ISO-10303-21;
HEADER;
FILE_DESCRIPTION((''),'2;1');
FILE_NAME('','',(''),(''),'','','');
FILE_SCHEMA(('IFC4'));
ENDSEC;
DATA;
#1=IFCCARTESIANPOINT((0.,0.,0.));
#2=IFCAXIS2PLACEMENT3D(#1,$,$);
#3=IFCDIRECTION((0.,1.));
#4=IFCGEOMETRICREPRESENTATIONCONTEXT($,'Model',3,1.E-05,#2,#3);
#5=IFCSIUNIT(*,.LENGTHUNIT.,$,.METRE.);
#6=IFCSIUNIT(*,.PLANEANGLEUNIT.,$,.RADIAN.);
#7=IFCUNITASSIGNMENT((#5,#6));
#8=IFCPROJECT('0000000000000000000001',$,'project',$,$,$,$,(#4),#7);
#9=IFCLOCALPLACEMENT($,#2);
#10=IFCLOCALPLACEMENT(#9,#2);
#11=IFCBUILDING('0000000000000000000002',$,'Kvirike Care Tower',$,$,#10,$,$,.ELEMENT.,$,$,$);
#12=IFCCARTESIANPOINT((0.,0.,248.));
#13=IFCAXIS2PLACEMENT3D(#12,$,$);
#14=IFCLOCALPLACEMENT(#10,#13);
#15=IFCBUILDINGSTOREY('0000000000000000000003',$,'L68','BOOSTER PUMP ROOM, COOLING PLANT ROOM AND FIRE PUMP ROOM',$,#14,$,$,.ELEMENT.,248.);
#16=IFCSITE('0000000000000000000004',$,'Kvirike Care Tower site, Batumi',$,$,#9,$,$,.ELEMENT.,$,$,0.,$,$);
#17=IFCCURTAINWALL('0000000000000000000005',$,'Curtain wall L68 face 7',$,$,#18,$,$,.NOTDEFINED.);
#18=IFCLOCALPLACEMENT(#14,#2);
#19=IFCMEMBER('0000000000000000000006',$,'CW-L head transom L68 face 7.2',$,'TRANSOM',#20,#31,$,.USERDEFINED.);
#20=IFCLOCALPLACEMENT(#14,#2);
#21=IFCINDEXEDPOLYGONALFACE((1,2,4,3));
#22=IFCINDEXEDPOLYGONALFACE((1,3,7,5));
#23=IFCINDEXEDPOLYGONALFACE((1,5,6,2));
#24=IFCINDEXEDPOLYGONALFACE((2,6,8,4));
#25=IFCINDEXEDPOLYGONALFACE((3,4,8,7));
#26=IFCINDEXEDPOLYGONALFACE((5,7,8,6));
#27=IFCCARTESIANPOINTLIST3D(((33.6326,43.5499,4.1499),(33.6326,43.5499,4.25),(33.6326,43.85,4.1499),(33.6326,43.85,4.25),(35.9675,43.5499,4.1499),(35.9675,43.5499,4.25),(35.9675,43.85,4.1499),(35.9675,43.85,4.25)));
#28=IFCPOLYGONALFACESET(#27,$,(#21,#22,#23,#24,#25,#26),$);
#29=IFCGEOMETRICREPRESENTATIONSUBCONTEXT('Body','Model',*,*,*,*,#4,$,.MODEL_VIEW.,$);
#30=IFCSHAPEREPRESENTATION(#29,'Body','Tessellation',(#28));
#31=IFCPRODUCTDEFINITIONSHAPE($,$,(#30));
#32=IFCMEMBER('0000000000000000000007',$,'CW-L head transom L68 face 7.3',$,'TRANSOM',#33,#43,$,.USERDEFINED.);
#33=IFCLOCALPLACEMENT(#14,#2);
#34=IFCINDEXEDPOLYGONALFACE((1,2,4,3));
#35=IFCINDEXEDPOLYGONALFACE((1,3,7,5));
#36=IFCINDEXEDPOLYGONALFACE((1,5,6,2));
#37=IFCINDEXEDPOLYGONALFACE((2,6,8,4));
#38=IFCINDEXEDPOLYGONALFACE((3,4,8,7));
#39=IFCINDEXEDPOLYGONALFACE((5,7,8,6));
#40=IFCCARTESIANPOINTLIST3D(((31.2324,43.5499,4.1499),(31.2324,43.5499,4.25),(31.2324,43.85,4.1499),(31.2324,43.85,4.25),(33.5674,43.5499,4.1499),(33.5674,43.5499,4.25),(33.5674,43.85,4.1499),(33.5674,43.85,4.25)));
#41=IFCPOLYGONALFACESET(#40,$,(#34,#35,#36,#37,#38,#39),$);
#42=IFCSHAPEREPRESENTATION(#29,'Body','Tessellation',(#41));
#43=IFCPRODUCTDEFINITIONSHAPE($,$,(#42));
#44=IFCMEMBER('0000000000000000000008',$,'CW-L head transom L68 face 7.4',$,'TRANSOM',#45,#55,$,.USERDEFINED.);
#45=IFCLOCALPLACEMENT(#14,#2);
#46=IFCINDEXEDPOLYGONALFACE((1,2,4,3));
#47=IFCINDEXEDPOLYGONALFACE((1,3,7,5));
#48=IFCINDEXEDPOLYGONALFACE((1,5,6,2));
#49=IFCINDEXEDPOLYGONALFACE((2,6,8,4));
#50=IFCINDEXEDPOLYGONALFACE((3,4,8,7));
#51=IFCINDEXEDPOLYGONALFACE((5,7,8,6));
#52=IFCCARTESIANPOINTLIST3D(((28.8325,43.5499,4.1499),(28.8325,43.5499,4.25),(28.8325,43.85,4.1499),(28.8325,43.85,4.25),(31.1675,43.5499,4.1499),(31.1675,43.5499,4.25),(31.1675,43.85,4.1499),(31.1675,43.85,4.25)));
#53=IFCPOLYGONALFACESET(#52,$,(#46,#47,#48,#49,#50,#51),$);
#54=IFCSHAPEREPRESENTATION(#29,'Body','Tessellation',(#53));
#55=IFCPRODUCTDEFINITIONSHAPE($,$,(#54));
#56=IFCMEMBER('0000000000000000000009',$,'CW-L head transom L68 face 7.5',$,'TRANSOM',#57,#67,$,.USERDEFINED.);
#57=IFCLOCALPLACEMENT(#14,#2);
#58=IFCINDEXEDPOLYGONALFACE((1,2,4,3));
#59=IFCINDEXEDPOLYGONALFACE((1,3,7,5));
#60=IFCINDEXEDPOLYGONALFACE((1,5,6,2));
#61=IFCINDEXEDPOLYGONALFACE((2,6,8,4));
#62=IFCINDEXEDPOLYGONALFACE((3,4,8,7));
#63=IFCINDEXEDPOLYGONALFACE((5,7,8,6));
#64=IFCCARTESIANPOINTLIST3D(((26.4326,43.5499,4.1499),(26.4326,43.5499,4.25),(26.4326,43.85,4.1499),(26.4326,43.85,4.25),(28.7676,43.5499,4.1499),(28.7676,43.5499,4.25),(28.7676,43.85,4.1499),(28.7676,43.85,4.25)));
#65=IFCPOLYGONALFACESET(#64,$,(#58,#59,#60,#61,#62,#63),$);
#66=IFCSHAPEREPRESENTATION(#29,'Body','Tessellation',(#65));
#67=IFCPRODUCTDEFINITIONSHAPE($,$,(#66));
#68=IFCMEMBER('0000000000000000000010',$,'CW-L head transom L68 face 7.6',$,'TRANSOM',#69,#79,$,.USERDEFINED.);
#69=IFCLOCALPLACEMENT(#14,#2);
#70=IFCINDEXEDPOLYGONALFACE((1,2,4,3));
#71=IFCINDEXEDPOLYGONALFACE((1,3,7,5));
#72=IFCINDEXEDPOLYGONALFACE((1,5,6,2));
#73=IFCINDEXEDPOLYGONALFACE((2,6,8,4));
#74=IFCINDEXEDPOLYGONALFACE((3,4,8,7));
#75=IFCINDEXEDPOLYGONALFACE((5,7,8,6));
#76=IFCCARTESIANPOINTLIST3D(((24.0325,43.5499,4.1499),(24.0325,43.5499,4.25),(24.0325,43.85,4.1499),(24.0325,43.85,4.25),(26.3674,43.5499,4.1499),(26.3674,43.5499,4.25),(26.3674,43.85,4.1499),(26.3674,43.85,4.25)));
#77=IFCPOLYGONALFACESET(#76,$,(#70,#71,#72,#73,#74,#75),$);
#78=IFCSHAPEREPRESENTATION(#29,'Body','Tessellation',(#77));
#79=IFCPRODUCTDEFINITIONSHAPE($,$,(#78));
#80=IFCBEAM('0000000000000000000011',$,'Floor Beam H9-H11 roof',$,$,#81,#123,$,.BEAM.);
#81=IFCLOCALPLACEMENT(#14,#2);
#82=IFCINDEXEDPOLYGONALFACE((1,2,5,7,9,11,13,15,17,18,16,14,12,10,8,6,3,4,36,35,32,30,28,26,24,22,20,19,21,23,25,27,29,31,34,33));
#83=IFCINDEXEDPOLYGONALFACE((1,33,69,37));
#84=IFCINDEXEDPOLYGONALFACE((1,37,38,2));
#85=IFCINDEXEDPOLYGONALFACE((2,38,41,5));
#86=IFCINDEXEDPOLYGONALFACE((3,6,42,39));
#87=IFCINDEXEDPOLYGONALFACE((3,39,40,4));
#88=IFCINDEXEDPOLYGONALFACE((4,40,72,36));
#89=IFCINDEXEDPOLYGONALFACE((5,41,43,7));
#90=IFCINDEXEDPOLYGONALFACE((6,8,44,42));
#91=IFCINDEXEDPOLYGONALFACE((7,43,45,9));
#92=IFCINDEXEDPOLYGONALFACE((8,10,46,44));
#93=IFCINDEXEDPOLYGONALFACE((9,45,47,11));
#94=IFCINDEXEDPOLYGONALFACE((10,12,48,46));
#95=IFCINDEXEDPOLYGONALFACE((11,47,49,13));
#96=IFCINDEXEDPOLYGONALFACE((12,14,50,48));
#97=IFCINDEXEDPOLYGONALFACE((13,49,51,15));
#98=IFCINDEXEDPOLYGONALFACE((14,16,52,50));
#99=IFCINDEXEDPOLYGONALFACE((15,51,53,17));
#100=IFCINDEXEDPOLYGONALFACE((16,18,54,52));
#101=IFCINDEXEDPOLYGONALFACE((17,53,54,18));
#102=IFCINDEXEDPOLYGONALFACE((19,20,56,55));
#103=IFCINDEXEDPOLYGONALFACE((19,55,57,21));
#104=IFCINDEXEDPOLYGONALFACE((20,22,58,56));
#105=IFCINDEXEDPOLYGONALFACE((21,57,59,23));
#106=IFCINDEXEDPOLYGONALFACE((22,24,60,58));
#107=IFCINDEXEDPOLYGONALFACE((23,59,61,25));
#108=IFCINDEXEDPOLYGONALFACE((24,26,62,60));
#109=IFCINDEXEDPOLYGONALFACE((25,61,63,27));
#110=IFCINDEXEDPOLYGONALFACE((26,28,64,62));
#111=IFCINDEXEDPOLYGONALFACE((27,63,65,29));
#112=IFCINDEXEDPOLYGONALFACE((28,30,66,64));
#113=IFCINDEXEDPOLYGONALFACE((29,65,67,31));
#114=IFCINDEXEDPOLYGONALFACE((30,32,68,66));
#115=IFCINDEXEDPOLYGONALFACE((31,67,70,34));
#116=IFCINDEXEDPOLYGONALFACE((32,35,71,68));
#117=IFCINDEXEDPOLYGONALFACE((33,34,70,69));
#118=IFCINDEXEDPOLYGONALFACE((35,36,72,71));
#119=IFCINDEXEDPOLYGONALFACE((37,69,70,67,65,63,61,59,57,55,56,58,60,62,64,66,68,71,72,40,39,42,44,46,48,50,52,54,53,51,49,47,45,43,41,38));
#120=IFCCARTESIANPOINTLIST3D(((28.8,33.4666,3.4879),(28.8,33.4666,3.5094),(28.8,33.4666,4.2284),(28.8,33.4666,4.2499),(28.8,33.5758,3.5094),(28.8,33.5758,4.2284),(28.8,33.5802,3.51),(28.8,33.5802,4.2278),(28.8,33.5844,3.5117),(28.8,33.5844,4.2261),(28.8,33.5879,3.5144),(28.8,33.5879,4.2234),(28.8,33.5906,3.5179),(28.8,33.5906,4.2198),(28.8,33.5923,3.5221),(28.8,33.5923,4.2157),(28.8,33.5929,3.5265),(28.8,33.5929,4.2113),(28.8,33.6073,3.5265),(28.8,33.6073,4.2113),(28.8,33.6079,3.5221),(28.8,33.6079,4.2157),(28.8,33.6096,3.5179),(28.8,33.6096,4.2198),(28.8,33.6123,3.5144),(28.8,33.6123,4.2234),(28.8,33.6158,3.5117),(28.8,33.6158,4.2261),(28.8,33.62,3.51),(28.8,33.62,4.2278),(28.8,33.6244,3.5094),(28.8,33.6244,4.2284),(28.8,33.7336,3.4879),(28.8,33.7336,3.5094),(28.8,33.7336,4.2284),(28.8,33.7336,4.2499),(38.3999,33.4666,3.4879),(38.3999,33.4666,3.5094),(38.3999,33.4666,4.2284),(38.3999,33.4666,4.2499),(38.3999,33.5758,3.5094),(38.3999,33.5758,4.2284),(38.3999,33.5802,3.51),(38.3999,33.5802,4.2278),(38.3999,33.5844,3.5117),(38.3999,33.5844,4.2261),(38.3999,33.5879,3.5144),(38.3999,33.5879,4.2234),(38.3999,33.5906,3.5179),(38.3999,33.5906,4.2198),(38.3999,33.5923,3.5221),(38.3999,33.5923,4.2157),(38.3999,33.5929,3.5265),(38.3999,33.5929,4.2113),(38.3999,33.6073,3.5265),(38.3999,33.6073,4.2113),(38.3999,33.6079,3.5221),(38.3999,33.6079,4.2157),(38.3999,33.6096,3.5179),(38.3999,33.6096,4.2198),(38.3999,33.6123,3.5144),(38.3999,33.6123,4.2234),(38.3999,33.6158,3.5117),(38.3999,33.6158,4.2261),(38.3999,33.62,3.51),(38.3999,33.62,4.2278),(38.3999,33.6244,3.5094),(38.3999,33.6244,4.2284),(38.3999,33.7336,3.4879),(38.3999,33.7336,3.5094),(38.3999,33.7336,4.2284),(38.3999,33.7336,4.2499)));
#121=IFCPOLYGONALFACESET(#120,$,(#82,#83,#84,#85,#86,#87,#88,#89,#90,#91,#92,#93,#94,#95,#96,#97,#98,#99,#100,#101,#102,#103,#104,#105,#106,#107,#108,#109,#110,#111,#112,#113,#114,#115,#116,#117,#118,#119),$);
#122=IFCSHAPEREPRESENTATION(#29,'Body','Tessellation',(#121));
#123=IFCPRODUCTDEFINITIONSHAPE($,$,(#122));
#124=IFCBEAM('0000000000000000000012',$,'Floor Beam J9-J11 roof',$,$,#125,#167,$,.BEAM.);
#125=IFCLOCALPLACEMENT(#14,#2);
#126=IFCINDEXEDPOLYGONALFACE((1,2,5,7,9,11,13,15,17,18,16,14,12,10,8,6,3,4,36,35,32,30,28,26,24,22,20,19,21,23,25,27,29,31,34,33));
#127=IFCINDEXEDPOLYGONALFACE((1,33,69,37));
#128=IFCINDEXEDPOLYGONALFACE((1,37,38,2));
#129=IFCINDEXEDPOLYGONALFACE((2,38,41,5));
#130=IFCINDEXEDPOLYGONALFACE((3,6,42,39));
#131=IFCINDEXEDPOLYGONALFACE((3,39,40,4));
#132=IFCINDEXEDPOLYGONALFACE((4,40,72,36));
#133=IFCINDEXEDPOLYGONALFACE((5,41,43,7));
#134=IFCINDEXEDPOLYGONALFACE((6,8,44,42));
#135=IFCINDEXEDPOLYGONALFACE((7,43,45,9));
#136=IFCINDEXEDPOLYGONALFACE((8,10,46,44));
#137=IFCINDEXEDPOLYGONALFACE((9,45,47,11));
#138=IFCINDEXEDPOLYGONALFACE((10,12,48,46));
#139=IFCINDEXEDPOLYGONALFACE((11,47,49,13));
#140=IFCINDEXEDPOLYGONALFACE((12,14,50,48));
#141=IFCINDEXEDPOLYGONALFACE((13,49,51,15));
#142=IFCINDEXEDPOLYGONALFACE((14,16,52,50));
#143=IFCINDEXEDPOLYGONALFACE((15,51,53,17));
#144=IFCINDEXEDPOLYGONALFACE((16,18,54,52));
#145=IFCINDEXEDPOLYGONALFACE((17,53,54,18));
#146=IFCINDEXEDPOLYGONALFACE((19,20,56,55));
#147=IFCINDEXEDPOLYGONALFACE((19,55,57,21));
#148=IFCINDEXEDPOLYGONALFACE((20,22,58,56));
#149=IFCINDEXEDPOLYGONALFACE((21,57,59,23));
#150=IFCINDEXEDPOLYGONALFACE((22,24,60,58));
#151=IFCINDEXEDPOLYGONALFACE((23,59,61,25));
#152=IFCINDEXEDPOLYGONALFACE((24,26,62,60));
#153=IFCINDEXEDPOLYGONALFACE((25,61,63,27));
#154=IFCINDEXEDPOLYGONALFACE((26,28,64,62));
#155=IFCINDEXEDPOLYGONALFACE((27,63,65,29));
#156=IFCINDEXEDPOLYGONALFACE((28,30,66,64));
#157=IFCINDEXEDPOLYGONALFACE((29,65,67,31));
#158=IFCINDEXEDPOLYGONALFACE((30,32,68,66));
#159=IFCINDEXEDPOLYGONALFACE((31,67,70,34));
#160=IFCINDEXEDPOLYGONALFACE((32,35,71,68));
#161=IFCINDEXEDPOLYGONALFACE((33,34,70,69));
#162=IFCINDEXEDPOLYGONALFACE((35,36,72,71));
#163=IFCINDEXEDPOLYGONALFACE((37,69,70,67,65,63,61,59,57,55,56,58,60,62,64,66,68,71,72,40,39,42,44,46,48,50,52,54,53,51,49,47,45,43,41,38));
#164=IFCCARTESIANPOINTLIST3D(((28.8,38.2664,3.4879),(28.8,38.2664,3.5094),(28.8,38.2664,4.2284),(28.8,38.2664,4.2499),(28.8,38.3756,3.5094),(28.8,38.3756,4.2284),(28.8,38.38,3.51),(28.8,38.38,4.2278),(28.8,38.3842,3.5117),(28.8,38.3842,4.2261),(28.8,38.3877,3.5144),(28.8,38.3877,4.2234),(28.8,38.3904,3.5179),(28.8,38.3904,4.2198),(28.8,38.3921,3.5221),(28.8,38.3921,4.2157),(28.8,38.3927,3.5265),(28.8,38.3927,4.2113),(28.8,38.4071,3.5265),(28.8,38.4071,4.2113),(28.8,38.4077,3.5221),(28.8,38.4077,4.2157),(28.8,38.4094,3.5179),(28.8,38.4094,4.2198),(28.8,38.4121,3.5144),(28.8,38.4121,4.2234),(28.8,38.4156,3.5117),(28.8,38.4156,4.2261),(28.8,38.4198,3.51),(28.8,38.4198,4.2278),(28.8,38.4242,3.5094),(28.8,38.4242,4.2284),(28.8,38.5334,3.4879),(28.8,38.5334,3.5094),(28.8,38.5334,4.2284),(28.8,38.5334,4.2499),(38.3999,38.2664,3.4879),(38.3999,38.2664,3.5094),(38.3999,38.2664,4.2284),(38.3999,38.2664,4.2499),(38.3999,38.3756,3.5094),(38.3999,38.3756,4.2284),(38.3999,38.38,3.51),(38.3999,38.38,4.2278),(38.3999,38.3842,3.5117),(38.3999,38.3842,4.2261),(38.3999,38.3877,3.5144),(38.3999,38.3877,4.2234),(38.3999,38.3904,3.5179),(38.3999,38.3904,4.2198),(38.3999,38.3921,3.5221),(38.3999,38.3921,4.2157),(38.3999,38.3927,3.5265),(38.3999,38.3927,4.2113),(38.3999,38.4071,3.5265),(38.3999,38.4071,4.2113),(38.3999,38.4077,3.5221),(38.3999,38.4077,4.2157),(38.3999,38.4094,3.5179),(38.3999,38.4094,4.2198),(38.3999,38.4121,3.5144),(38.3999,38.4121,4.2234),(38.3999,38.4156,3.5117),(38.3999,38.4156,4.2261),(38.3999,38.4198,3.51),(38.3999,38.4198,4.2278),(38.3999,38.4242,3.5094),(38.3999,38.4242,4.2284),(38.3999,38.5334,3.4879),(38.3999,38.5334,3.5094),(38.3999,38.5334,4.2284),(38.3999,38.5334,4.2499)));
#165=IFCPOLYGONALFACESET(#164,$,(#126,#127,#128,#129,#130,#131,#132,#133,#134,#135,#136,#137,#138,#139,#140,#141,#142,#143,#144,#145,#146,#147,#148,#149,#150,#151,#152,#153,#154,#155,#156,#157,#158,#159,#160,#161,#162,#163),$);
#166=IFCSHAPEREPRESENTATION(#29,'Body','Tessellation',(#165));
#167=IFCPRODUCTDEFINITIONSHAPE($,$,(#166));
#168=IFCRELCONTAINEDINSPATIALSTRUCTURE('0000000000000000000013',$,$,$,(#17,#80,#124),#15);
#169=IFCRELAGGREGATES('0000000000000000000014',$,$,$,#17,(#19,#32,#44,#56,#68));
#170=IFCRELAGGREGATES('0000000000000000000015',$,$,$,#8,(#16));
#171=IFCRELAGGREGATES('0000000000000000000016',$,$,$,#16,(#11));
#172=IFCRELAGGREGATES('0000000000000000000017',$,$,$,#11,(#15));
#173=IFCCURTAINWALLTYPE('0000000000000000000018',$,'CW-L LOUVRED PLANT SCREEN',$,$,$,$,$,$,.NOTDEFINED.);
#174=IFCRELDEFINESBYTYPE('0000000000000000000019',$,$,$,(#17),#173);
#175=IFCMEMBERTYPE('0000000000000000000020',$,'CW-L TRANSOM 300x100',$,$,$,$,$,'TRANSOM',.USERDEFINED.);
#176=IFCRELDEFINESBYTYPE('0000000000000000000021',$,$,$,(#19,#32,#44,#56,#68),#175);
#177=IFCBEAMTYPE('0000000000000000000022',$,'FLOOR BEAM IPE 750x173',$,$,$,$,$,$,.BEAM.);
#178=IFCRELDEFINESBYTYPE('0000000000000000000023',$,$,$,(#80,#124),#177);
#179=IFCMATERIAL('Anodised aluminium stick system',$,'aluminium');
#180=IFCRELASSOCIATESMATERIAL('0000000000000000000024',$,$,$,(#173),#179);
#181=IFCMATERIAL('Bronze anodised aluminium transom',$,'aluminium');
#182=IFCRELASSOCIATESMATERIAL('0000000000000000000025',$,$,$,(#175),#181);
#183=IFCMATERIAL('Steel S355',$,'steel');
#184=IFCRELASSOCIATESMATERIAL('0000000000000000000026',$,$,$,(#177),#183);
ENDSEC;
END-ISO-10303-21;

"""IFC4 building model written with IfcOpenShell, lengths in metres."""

from ifc_helpers import new_model, si_unit, direction, frame, origin, origin_2d, place, context, subcontext, project, spatial, rectangle, i_section, extrude, material, material_profile, profile_set, type_object, element, aggregate, save


model = new_model("IFC4")

# Units and contexts
model_context = context("Model", 3, precision=1e-05, world=origin(), true_north=direction((0.0, 1.0)))
body_context = subcontext(model_context, "Body", "Model", "MODEL_VIEW")
ifc_project = project(units=[si_unit("LENGTHUNIT", "METRE"), si_unit("PLANEANGLEUNIT", "RADIAN")], contexts=[model_context])

# Site, building, storey
site_placement = place(None, origin())
site = spatial("IfcSite", under=ifc_project, at=site_placement, Name="Kvirike Care Tower site, Batumi", CompositionType="ELEMENT", RefElevation=0.0)
building_placement = place(site_placement, origin())
building = spatial("IfcBuilding", under=site, at=building_placement, Name="Kvirike Care Tower", CompositionType="ELEMENT")
storey_placement = place(building_placement, frame((0.0, 0.0, 248.0)))
storey = spatial("IfcBuildingStorey", under=building, at=storey_placement, Name="L68", Description="BOOSTER PUMP ROOM, COOLING PLANT ROOM AND FIRE PUMP ROOM", CompositionType="ELEMENT", Elevation=248.0)

# Curtain wall, members
ifc_material_1 = material(Name="Anodised aluminium stick system", Category="aluminium")
curtain_wall_type = type_object("IfcCurtainWallType", Name="CW-L LOUVRED PLANT SCREEN", PredefinedType="NOTDEFINED", material=ifc_material_1)
ifc_material_2 = material(Name="Bronze anodised aluminium transom", Category="aluminium")
ifc_material_profile_1 = material_profile(ifc_material_2, rectangle(XDim=0.3, YDim=0.1001, at=origin_2d()), Name="CW-L TRANSOM 300x100")
ifc_profile_set_1 = profile_set([ifc_material_profile_1], Name="Bronze anodised aluminium transom")
member_type = type_object("IfcMemberType", Name="CW-L TRANSOM 300x100", ElementType="TRANSOM", PredefinedType="USERDEFINED", material=ifc_profile_set_1)
curtain_wall_1_placement = place(storey_placement, origin())
curtain_wall_1 = element("IfcCurtainWall", 1, at=curtain_wall_1_placement, inside=storey, type_object=curtain_wall_type, Name="Curtain wall L68 face 7", PredefinedType="NOTDEFINED")
member_1_placement = place(storey_placement, frame((35.9675, 43.7, 4.2), z_axis=(-1.0, 0.0, 0.0), x_axis=(0.0, -1.0, 0.0)))
member_1 = element("IfcMember", 2, at=member_1_placement, type_object=member_type, Name="CW-L head transom L68 face 7.2", ObjectType="TRANSOM", PredefinedType="USERDEFINED", context=body_context, shape_type="SweptSolid", body=[
    extrude(rectangle(XDim=0.3, YDim=0.1001, at=origin_2d()), origin(), (0.0, 0.0, 1.0), 2.335),
])
member_2_placement = place(storey_placement, frame((33.5674, 43.7, 4.2), z_axis=(-1.0, 0.0, 0.0), x_axis=(0.0, -1.0, 0.0)))
member_2 = element("IfcMember", 3, at=member_2_placement, type_object=member_type, Name="CW-L head transom L68 face 7.3", ObjectType="TRANSOM", PredefinedType="USERDEFINED", context=body_context, shape_type="SweptSolid", body=[
    extrude(rectangle(XDim=0.3, YDim=0.1001, at=origin_2d()), origin(), (0.0, 0.0, 1.0), 2.335),
])
member_3_placement = place(storey_placement, frame((31.1675, 43.7, 4.2), z_axis=(-1.0, 0.0, 0.0), x_axis=(0.0, -1.0, 0.0)))
member_3 = element("IfcMember", 4, at=member_3_placement, type_object=member_type, Name="CW-L head transom L68 face 7.4", ObjectType="TRANSOM", PredefinedType="USERDEFINED", context=body_context, shape_type="SweptSolid", body=[
    extrude(rectangle(XDim=0.3, YDim=0.1001, at=origin_2d()), origin(), (0.0, 0.0, 1.0), 2.335),
])
member_4_placement = place(storey_placement, frame((28.7676, 43.7, 4.2), z_axis=(-1.0, 0.0, 0.0), x_axis=(0.0, -1.0, 0.0)))
member_4 = element("IfcMember", 5, at=member_4_placement, type_object=member_type, Name="CW-L head transom L68 face 7.5", ObjectType="TRANSOM", PredefinedType="USERDEFINED", context=body_context, shape_type="SweptSolid", body=[
    extrude(rectangle(XDim=0.3, YDim=0.1001, at=origin_2d()), origin(), (0.0, 0.0, 1.0), 2.335),
])
member_5_placement = place(storey_placement, frame((26.3674, 43.7, 4.2), z_axis=(-1.0, 0.0, 0.0), x_axis=(0.0, -1.0, 0.0)))
member_5 = element("IfcMember", 6, at=member_5_placement, type_object=member_type, Name="CW-L head transom L68 face 7.6", ObjectType="TRANSOM", PredefinedType="USERDEFINED", context=body_context, shape_type="SweptSolid", body=[
    extrude(rectangle(XDim=0.3, YDim=0.1001, at=origin_2d()), origin(), (0.0, 0.0, 1.0), 2.335),
])
aggregate(curtain_wall_1, [member_1, member_2, member_3, member_4, member_5])

# Beams
ifc_material_3 = material(Name="Steel S355", Category="steel")
ifc_material_profile_2 = material_profile(ifc_material_3, i_section(OverallWidth=0.2671, OverallDepth=0.762, WebThickness=0.0144, FlangeThickness=0.0215, FilletRadius=0.0171, at=origin_2d()), Name="IPE 750x173")
ifc_profile_set_2 = profile_set([ifc_material_profile_2], Name="Steel S355")
beam_type_1 = type_object("IfcBeamType", Name="FLOOR BEAM IPE 750x173", PredefinedType="BEAM", material=ifc_profile_set_2)
for number, where, z_axis, x_axis, name in (
    (7, (28.8, 33.6001, 3.8689), (1.0, 0.0, 0.0), (0.0, 1.0, 0.0), "Floor Beam H9-H11 roof"),
    (8, (28.8, 38.3999, 3.8689), (1.0, 0.0, 0.0), (0.0, 1.0, 0.0), "Floor Beam J9-J11 roof"),
):
    element("IfcBeam", number, at=place(storey_placement, frame(where, z_axis=z_axis, x_axis=x_axis)), inside=storey, type_object=beam_type_1, Name=name, PredefinedType="BEAM", context=body_context, shape_type="SweptSolid", body=[
        extrude(i_section(OverallWidth=0.2671, OverallDepth=0.762, WebThickness=0.0144, FlangeThickness=0.0215, FilletRadius=0.0171, at=origin_2d()), origin(), (0.0, 0.0, 1.0), 9.5999),
    ])

save(model, "model.ifc")
